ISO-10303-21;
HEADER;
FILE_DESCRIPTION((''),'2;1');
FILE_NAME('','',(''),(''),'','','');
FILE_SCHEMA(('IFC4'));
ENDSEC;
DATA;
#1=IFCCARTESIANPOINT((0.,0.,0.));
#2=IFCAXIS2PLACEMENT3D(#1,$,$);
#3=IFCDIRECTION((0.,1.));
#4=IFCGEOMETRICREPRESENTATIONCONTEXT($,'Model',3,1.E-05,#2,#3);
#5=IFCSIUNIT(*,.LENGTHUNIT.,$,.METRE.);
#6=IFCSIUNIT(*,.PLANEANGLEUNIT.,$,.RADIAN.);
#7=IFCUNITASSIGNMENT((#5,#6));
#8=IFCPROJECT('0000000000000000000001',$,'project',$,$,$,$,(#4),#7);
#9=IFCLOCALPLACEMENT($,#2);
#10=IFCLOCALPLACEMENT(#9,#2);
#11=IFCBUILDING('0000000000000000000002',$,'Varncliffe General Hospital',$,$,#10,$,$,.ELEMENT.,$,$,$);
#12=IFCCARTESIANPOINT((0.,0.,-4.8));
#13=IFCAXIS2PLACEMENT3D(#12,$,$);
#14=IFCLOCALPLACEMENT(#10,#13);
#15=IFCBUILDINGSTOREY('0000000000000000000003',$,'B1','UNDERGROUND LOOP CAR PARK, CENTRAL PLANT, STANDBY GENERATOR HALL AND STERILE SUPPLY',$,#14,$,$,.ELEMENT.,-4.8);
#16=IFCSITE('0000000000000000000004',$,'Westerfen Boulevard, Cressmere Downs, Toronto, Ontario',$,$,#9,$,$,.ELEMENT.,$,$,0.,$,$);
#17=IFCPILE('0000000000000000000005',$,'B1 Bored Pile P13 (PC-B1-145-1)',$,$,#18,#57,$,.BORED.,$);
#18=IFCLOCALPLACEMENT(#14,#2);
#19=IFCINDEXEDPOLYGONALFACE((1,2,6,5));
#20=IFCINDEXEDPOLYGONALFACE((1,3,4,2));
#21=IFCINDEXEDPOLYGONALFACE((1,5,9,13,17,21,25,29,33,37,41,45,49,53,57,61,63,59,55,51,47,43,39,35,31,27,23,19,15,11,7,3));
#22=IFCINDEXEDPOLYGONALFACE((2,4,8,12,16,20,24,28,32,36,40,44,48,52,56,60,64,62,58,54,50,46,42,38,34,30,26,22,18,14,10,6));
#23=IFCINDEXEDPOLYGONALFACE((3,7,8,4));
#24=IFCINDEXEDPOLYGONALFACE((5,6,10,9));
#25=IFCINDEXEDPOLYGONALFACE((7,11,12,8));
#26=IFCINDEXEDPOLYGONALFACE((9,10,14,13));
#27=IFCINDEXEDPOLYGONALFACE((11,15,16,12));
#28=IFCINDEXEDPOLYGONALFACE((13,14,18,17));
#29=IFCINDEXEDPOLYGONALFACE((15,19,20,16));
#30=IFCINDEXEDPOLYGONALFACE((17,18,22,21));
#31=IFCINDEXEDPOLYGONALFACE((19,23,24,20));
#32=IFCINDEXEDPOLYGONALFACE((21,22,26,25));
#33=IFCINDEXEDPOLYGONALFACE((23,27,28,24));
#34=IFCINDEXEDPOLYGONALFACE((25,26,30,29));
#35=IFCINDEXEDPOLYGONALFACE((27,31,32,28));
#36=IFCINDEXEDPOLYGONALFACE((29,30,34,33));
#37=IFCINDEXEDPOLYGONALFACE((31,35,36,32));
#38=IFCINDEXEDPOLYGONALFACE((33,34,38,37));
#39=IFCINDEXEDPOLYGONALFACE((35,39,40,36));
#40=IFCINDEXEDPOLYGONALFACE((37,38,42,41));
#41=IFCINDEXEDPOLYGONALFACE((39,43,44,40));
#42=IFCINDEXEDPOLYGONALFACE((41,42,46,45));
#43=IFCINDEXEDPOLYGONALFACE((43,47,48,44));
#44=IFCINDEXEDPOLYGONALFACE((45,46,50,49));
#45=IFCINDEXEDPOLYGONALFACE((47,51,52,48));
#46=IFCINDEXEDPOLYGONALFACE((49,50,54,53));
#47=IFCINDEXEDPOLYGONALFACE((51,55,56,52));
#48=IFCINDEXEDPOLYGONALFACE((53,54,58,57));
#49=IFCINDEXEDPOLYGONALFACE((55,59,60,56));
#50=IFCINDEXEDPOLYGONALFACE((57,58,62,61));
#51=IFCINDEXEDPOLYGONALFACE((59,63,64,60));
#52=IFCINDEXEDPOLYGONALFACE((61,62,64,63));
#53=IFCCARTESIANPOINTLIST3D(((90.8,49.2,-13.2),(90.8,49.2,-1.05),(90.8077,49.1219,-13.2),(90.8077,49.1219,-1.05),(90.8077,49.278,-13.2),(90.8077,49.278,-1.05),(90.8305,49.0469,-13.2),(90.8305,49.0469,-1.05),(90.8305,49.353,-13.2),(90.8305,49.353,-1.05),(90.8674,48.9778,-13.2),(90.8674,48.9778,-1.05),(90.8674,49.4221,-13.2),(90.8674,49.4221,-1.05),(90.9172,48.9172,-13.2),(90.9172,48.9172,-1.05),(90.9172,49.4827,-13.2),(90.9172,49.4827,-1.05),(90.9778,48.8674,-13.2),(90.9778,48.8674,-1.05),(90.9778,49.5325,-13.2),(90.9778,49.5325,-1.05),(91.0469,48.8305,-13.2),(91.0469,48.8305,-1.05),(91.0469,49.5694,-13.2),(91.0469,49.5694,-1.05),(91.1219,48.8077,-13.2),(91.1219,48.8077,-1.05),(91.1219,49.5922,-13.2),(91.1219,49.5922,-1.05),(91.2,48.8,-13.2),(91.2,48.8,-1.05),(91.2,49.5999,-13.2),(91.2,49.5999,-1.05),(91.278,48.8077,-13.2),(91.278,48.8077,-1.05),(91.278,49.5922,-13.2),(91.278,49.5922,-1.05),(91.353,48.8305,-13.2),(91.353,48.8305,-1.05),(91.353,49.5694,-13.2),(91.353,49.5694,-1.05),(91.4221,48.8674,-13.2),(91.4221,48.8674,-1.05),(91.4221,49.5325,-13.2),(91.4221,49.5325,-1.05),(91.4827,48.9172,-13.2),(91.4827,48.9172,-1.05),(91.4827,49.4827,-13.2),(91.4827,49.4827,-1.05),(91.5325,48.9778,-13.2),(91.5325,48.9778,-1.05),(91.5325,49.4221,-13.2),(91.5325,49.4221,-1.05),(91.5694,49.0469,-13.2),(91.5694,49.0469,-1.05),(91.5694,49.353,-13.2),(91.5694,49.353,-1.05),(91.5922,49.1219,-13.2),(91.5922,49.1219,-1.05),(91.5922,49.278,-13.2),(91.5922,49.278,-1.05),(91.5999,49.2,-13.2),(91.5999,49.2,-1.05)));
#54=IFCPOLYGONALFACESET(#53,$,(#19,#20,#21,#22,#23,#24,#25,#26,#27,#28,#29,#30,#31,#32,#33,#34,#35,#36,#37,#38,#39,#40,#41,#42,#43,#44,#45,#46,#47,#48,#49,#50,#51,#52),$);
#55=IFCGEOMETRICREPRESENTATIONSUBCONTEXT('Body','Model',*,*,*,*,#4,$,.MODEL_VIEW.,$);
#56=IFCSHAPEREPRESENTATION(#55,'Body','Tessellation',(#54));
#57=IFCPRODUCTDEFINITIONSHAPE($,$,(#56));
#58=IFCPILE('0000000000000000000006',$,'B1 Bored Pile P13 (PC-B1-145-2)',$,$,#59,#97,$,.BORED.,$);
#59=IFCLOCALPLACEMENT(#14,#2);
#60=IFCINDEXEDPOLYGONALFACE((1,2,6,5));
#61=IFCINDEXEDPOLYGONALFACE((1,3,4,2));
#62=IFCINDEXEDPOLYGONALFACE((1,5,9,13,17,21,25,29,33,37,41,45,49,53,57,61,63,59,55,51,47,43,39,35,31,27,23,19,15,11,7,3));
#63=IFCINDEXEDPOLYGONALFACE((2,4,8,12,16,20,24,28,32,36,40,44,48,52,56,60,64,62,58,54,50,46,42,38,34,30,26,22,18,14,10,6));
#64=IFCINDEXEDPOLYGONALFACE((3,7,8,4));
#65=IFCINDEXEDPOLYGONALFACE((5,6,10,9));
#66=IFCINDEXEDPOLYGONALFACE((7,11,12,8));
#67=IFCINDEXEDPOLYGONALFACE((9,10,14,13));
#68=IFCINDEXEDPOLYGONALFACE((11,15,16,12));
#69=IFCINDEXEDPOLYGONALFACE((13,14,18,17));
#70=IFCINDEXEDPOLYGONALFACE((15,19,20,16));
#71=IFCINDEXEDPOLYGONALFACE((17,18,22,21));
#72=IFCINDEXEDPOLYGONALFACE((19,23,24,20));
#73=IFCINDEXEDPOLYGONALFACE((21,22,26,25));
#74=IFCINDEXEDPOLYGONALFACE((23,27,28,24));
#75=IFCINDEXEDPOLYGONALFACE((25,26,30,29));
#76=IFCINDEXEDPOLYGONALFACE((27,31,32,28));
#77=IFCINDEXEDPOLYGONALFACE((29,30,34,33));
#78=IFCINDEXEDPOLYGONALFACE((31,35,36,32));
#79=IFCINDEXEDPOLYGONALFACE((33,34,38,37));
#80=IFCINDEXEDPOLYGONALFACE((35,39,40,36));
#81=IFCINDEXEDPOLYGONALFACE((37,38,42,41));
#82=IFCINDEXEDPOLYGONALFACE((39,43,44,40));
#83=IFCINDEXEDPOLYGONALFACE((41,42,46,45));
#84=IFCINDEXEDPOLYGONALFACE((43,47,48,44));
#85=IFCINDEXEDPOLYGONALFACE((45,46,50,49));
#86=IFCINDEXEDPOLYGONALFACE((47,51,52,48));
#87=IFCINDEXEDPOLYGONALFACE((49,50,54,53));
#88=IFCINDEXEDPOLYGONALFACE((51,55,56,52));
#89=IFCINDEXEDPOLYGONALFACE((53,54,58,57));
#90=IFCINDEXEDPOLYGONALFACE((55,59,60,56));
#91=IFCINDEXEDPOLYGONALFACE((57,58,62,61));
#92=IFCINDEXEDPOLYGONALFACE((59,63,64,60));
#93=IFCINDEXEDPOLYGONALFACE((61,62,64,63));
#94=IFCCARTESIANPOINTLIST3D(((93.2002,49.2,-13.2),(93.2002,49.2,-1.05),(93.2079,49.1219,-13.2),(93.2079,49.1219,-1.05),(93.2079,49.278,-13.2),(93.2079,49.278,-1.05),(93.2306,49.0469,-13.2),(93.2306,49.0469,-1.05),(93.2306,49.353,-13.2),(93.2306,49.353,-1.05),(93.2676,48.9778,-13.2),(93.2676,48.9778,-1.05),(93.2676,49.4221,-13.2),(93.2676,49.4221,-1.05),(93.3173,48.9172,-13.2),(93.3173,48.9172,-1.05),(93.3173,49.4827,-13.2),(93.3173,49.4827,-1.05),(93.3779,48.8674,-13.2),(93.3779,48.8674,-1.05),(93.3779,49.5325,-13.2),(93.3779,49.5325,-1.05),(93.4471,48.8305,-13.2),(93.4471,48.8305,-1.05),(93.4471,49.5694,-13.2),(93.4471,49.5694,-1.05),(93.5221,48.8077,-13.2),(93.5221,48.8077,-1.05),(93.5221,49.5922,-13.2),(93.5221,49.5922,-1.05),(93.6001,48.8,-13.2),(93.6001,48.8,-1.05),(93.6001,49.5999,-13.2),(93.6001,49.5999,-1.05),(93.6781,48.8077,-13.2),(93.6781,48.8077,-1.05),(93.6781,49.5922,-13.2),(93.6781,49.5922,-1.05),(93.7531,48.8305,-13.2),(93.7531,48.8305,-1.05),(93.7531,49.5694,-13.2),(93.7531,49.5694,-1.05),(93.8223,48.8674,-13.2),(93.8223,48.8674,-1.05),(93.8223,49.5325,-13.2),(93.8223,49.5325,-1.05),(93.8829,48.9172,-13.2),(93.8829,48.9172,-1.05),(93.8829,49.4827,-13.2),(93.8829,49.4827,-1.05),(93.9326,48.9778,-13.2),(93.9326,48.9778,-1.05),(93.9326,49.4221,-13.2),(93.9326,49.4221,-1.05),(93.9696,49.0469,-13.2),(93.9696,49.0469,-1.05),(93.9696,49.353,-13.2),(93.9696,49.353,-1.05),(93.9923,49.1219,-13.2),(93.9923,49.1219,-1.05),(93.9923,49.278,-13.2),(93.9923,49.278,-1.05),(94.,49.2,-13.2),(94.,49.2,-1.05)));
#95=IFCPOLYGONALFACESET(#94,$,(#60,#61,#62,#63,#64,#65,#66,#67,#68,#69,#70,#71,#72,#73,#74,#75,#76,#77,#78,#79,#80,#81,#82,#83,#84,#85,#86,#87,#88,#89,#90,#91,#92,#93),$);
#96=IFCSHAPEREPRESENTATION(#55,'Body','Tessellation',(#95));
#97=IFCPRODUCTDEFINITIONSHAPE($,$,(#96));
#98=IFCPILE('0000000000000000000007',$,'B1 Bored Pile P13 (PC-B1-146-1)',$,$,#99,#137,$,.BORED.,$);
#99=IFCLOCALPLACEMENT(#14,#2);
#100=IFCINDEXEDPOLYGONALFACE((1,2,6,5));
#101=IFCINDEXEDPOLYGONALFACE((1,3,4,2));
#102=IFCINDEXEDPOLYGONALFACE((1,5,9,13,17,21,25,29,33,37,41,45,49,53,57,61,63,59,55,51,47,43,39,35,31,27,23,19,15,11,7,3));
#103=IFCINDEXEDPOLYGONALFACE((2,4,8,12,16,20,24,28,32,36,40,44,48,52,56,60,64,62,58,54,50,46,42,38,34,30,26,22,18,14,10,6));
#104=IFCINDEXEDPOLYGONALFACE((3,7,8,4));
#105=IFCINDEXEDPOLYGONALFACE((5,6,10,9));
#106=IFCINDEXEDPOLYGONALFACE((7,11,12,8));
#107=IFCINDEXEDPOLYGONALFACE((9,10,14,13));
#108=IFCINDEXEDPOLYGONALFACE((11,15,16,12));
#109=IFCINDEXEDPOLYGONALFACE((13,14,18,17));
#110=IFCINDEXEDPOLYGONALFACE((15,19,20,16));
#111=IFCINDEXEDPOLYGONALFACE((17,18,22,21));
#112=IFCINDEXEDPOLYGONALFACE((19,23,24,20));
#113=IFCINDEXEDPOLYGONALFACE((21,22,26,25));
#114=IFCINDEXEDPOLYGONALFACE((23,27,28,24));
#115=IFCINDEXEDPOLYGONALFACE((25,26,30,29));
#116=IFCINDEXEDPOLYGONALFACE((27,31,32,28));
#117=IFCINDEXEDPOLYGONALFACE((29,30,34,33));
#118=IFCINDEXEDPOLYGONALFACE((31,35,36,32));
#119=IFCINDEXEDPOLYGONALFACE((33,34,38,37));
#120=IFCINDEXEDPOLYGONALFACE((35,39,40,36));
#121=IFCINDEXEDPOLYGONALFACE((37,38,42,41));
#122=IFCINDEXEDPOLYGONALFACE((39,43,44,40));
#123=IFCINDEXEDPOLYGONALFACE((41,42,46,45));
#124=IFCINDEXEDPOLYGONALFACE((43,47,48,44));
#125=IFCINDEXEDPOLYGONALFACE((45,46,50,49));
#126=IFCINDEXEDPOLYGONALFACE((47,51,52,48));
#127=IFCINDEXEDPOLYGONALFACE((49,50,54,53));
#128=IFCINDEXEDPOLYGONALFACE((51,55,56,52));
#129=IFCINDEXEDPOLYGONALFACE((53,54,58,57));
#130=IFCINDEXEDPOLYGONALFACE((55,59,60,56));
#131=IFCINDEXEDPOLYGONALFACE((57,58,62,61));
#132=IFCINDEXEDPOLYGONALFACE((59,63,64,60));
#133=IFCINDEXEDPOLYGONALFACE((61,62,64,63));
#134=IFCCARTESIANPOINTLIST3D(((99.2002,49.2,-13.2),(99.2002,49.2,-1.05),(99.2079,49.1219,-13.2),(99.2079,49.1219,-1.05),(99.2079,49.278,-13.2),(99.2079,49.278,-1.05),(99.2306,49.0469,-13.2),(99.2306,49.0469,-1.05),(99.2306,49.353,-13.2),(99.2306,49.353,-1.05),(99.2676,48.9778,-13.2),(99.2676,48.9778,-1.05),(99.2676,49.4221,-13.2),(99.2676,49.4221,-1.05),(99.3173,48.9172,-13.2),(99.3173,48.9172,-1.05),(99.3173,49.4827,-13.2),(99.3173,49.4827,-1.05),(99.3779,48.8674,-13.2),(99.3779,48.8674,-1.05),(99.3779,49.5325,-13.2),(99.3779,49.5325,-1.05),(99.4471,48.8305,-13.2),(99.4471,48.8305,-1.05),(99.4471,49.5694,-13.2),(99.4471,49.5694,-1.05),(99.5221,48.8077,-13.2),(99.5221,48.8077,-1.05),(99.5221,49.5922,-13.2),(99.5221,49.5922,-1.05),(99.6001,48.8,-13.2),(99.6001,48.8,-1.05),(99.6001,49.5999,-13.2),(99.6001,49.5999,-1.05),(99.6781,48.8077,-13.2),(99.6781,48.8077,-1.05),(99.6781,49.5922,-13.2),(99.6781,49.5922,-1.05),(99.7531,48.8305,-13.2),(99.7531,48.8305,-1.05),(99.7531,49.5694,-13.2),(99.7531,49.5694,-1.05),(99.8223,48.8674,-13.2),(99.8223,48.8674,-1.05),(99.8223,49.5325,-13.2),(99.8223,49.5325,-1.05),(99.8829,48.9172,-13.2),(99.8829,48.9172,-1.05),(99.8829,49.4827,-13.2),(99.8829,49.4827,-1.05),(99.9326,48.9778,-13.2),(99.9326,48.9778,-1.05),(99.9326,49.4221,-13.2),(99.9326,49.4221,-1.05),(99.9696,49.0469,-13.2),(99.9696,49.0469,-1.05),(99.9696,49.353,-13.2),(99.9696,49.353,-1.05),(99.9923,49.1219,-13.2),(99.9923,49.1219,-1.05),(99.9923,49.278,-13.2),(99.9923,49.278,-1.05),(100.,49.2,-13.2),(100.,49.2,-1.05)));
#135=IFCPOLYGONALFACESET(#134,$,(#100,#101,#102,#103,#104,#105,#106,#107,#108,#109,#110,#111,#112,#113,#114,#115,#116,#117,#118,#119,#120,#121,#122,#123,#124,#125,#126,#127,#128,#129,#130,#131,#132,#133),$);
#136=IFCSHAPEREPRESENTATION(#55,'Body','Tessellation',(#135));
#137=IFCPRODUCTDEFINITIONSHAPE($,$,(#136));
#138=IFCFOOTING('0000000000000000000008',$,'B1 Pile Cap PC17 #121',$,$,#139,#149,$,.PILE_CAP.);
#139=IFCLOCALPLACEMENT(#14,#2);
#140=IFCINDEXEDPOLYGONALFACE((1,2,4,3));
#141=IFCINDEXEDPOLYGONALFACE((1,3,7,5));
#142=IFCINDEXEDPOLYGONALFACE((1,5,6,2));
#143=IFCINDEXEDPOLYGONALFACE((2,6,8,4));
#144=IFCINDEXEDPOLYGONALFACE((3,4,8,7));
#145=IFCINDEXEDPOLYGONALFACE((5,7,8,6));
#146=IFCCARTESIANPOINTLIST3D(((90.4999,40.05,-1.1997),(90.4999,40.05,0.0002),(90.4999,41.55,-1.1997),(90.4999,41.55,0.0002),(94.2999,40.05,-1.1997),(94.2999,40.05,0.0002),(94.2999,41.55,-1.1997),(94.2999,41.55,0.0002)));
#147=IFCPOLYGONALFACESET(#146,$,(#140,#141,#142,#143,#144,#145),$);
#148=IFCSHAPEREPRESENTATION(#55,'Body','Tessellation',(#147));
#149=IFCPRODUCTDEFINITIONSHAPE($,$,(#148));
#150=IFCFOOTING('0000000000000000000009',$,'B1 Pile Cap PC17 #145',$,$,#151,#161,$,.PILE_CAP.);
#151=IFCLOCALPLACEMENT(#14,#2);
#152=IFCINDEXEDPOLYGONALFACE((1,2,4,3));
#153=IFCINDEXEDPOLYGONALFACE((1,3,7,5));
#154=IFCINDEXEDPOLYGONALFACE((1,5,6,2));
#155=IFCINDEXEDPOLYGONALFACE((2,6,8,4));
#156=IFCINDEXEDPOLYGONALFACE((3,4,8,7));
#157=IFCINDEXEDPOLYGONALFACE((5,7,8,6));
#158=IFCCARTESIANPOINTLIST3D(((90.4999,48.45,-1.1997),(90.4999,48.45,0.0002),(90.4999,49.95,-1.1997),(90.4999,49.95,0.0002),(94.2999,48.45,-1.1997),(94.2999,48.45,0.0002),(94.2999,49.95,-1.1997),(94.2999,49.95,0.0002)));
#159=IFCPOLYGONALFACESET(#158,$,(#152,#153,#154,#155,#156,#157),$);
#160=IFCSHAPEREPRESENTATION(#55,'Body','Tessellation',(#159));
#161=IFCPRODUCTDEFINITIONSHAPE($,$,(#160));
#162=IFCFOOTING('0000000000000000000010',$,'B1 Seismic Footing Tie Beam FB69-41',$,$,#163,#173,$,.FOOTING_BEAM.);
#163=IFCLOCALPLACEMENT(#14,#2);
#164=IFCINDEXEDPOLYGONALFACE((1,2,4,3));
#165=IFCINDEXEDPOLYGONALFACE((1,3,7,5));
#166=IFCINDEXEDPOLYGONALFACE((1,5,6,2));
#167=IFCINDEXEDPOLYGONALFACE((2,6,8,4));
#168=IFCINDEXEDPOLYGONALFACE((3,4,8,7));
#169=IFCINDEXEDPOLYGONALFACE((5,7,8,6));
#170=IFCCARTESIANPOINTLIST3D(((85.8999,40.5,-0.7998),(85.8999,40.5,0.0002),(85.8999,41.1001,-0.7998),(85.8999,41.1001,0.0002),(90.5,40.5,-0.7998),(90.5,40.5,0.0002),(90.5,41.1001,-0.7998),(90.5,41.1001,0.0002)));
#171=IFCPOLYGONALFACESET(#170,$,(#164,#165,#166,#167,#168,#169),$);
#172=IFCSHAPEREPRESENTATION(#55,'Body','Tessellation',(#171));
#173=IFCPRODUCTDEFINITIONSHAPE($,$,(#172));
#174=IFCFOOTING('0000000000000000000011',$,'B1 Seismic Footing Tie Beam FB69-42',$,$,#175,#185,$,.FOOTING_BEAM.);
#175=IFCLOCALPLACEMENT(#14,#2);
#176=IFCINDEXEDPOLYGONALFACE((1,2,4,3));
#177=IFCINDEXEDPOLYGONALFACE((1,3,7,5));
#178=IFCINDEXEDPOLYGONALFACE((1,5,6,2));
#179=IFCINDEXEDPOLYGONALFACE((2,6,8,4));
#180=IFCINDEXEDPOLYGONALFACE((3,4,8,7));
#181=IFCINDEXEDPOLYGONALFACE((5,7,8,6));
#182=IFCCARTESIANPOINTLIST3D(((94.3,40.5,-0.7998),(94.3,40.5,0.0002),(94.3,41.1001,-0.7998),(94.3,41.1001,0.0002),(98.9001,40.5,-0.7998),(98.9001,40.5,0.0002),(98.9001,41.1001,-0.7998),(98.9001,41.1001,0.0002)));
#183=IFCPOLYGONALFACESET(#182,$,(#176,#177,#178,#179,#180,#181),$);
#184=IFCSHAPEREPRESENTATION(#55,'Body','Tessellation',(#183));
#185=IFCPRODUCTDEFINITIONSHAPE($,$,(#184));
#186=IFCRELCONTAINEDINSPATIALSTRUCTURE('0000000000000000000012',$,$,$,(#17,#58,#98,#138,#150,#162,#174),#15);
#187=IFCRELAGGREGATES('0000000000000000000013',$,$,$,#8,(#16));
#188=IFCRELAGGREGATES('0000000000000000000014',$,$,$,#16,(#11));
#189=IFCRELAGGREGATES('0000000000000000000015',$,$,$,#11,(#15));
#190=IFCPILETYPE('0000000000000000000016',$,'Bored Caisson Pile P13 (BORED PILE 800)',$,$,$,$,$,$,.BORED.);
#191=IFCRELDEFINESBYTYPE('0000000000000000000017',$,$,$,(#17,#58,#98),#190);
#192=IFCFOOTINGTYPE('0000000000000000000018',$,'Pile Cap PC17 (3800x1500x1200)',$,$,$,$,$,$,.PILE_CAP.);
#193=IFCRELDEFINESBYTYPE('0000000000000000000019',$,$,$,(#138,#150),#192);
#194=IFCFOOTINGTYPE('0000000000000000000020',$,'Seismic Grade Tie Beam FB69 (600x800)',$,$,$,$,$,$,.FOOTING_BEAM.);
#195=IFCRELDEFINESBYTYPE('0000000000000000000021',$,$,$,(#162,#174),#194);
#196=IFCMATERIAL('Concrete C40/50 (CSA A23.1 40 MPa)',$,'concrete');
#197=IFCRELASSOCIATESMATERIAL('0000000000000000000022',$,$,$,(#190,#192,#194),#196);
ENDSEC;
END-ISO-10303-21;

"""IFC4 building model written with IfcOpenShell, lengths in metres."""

from ifc_helpers import new_model, si_unit, direction, frame, origin, origin_2d, place, context, subcontext, project, spatial, rectangle, circle, extrude, material, material_profile, profile_set, type_object, element, save


model = new_model("IFC4")

# Units and contexts
model_context = context("Model", 3, precision=1e-05, world=origin(), true_north=direction((0.0, 1.0)))
body_context = subcontext(model_context, "Body", "Model", "MODEL_VIEW")
ifc_project = project(units=[si_unit("LENGTHUNIT", "METRE"), si_unit("PLANEANGLEUNIT", "RADIAN")], contexts=[model_context])

# Site, building, storey
site_placement = place(None, origin())
site = spatial("IfcSite", under=ifc_project, at=site_placement, Name="Westerfen Boulevard, Cressmere Downs, Toronto, Ontario", CompositionType="ELEMENT", RefElevation=0.0)
building_placement = place(site_placement, origin())
building = spatial("IfcBuilding", under=site, at=building_placement, Name="Varncliffe General Hospital", CompositionType="ELEMENT")
storey_placement = place(building_placement, frame((0.0, 0.0, -4.8)))
storey = spatial("IfcBuildingStorey", under=building, at=storey_placement, Name="B1", Description="UNDERGROUND LOOP CAR PARK, CENTRAL PLANT, STANDBY GENERATOR HALL AND STERILE SUPPLY", CompositionType="ELEMENT", Elevation=-4.8)

# Piles
ifc_material_1 = material(Name="Concrete C40/50 (CSA A23.1 40 MPa)", Category="concrete")
ifc_material_profile_1 = material_profile(ifc_material_1, circle(Radius=0.3999, at=origin_2d()), Name="BORED PILE 800")
ifc_profile_set_1 = profile_set([ifc_material_profile_1], Name="Concrete C40/50 (CSA A23.1 40 MPa)")
pile_type = type_object("IfcPileType", Name="Bored Caisson Pile P13 (BORED PILE 800)", PredefinedType="BORED", material=ifc_profile_set_1)
for number, where, z_axis, x_axis, name in (
    (1, (91.2, 49.2, -1.05), (0.0, 0.0, -1.0), (1.0, 0.0, 0.0), "B1 Bored Pile P13 (PC-B1-145-1)"),
    (2, (93.6001, 49.2, -1.05), (0.0, 0.0, -1.0), (1.0, 0.0, 0.0), "B1 Bored Pile P13 (PC-B1-145-2)"),
    (3, (99.6001, 49.2, -1.05), (0.0, 0.0, -1.0), (1.0, 0.0, 0.0), "B1 Bored Pile P13 (PC-B1-146-1)"),
):
    element("IfcPile", number, at=place(storey_placement, frame(where, z_axis=z_axis, x_axis=x_axis)), inside=storey, type_object=pile_type, Name=name, PredefinedType="BORED", context=body_context, shape_type="SweptSolid", body=[
        extrude(circle(Radius=0.3999, at=origin_2d()), origin(), (0.0, 0.0, 1.0), 12.1499),
    ])

# Footings
footing_type_1 = type_object("IfcFootingType", Name="Pile Cap PC17 (3800x1500x1200)", PredefinedType="PILE_CAP", material=ifc_material_1)
for number, where, z_axis, x_axis, name in (
    (4, (92.3999, 40.8, -1.1997), (0.0, 0.0, 1.0), (1.0, 0.0, 0.0), "B1 Pile Cap PC17 #121"),
    (5, (92.3999, 49.2, -1.1997), (0.0, 0.0, 1.0), (1.0, 0.0, 0.0), "B1 Pile Cap PC17 #145"),
):
    element("IfcFooting", number, at=place(storey_placement, frame(where, z_axis=z_axis, x_axis=x_axis)), inside=storey, type_object=footing_type_1, Name=name, PredefinedType="PILE_CAP", context=body_context, shape_type="SweptSolid", body=[
        extrude(rectangle(XDim=3.8, YDim=1.5, at=origin_2d()), origin(), (0.0, 0.0, 1.0), 1.2),
    ])
footing_type_2 = type_object("IfcFootingType", Name="Seismic Grade Tie Beam FB69 (600x800)", PredefinedType="FOOTING_BEAM", material=ifc_material_1)
for number, where, z_axis, x_axis, name in (
    (6, (88.2, 40.8, -0.7998), (0.0, 0.0, 1.0), (1.0, 0.0, 0.0), "B1 Seismic Footing Tie Beam FB69-41"),
    (7, (96.6001, 40.8, -0.7998), (0.0, 0.0, 1.0), (1.0, 0.0, 0.0), "B1 Seismic Footing Tie Beam FB69-42"),
):
    element("IfcFooting", number, at=place(storey_placement, frame(where, z_axis=z_axis, x_axis=x_axis)), inside=storey, type_object=footing_type_2, Name=name, PredefinedType="FOOTING_BEAM", context=body_context, shape_type="SweptSolid", body=[
        extrude(rectangle(XDim=4.6001, YDim=0.6001, at=origin_2d()), origin(), (0.0, 0.0, 1.0), 0.8),
    ])

save(model, "model.ifc")
